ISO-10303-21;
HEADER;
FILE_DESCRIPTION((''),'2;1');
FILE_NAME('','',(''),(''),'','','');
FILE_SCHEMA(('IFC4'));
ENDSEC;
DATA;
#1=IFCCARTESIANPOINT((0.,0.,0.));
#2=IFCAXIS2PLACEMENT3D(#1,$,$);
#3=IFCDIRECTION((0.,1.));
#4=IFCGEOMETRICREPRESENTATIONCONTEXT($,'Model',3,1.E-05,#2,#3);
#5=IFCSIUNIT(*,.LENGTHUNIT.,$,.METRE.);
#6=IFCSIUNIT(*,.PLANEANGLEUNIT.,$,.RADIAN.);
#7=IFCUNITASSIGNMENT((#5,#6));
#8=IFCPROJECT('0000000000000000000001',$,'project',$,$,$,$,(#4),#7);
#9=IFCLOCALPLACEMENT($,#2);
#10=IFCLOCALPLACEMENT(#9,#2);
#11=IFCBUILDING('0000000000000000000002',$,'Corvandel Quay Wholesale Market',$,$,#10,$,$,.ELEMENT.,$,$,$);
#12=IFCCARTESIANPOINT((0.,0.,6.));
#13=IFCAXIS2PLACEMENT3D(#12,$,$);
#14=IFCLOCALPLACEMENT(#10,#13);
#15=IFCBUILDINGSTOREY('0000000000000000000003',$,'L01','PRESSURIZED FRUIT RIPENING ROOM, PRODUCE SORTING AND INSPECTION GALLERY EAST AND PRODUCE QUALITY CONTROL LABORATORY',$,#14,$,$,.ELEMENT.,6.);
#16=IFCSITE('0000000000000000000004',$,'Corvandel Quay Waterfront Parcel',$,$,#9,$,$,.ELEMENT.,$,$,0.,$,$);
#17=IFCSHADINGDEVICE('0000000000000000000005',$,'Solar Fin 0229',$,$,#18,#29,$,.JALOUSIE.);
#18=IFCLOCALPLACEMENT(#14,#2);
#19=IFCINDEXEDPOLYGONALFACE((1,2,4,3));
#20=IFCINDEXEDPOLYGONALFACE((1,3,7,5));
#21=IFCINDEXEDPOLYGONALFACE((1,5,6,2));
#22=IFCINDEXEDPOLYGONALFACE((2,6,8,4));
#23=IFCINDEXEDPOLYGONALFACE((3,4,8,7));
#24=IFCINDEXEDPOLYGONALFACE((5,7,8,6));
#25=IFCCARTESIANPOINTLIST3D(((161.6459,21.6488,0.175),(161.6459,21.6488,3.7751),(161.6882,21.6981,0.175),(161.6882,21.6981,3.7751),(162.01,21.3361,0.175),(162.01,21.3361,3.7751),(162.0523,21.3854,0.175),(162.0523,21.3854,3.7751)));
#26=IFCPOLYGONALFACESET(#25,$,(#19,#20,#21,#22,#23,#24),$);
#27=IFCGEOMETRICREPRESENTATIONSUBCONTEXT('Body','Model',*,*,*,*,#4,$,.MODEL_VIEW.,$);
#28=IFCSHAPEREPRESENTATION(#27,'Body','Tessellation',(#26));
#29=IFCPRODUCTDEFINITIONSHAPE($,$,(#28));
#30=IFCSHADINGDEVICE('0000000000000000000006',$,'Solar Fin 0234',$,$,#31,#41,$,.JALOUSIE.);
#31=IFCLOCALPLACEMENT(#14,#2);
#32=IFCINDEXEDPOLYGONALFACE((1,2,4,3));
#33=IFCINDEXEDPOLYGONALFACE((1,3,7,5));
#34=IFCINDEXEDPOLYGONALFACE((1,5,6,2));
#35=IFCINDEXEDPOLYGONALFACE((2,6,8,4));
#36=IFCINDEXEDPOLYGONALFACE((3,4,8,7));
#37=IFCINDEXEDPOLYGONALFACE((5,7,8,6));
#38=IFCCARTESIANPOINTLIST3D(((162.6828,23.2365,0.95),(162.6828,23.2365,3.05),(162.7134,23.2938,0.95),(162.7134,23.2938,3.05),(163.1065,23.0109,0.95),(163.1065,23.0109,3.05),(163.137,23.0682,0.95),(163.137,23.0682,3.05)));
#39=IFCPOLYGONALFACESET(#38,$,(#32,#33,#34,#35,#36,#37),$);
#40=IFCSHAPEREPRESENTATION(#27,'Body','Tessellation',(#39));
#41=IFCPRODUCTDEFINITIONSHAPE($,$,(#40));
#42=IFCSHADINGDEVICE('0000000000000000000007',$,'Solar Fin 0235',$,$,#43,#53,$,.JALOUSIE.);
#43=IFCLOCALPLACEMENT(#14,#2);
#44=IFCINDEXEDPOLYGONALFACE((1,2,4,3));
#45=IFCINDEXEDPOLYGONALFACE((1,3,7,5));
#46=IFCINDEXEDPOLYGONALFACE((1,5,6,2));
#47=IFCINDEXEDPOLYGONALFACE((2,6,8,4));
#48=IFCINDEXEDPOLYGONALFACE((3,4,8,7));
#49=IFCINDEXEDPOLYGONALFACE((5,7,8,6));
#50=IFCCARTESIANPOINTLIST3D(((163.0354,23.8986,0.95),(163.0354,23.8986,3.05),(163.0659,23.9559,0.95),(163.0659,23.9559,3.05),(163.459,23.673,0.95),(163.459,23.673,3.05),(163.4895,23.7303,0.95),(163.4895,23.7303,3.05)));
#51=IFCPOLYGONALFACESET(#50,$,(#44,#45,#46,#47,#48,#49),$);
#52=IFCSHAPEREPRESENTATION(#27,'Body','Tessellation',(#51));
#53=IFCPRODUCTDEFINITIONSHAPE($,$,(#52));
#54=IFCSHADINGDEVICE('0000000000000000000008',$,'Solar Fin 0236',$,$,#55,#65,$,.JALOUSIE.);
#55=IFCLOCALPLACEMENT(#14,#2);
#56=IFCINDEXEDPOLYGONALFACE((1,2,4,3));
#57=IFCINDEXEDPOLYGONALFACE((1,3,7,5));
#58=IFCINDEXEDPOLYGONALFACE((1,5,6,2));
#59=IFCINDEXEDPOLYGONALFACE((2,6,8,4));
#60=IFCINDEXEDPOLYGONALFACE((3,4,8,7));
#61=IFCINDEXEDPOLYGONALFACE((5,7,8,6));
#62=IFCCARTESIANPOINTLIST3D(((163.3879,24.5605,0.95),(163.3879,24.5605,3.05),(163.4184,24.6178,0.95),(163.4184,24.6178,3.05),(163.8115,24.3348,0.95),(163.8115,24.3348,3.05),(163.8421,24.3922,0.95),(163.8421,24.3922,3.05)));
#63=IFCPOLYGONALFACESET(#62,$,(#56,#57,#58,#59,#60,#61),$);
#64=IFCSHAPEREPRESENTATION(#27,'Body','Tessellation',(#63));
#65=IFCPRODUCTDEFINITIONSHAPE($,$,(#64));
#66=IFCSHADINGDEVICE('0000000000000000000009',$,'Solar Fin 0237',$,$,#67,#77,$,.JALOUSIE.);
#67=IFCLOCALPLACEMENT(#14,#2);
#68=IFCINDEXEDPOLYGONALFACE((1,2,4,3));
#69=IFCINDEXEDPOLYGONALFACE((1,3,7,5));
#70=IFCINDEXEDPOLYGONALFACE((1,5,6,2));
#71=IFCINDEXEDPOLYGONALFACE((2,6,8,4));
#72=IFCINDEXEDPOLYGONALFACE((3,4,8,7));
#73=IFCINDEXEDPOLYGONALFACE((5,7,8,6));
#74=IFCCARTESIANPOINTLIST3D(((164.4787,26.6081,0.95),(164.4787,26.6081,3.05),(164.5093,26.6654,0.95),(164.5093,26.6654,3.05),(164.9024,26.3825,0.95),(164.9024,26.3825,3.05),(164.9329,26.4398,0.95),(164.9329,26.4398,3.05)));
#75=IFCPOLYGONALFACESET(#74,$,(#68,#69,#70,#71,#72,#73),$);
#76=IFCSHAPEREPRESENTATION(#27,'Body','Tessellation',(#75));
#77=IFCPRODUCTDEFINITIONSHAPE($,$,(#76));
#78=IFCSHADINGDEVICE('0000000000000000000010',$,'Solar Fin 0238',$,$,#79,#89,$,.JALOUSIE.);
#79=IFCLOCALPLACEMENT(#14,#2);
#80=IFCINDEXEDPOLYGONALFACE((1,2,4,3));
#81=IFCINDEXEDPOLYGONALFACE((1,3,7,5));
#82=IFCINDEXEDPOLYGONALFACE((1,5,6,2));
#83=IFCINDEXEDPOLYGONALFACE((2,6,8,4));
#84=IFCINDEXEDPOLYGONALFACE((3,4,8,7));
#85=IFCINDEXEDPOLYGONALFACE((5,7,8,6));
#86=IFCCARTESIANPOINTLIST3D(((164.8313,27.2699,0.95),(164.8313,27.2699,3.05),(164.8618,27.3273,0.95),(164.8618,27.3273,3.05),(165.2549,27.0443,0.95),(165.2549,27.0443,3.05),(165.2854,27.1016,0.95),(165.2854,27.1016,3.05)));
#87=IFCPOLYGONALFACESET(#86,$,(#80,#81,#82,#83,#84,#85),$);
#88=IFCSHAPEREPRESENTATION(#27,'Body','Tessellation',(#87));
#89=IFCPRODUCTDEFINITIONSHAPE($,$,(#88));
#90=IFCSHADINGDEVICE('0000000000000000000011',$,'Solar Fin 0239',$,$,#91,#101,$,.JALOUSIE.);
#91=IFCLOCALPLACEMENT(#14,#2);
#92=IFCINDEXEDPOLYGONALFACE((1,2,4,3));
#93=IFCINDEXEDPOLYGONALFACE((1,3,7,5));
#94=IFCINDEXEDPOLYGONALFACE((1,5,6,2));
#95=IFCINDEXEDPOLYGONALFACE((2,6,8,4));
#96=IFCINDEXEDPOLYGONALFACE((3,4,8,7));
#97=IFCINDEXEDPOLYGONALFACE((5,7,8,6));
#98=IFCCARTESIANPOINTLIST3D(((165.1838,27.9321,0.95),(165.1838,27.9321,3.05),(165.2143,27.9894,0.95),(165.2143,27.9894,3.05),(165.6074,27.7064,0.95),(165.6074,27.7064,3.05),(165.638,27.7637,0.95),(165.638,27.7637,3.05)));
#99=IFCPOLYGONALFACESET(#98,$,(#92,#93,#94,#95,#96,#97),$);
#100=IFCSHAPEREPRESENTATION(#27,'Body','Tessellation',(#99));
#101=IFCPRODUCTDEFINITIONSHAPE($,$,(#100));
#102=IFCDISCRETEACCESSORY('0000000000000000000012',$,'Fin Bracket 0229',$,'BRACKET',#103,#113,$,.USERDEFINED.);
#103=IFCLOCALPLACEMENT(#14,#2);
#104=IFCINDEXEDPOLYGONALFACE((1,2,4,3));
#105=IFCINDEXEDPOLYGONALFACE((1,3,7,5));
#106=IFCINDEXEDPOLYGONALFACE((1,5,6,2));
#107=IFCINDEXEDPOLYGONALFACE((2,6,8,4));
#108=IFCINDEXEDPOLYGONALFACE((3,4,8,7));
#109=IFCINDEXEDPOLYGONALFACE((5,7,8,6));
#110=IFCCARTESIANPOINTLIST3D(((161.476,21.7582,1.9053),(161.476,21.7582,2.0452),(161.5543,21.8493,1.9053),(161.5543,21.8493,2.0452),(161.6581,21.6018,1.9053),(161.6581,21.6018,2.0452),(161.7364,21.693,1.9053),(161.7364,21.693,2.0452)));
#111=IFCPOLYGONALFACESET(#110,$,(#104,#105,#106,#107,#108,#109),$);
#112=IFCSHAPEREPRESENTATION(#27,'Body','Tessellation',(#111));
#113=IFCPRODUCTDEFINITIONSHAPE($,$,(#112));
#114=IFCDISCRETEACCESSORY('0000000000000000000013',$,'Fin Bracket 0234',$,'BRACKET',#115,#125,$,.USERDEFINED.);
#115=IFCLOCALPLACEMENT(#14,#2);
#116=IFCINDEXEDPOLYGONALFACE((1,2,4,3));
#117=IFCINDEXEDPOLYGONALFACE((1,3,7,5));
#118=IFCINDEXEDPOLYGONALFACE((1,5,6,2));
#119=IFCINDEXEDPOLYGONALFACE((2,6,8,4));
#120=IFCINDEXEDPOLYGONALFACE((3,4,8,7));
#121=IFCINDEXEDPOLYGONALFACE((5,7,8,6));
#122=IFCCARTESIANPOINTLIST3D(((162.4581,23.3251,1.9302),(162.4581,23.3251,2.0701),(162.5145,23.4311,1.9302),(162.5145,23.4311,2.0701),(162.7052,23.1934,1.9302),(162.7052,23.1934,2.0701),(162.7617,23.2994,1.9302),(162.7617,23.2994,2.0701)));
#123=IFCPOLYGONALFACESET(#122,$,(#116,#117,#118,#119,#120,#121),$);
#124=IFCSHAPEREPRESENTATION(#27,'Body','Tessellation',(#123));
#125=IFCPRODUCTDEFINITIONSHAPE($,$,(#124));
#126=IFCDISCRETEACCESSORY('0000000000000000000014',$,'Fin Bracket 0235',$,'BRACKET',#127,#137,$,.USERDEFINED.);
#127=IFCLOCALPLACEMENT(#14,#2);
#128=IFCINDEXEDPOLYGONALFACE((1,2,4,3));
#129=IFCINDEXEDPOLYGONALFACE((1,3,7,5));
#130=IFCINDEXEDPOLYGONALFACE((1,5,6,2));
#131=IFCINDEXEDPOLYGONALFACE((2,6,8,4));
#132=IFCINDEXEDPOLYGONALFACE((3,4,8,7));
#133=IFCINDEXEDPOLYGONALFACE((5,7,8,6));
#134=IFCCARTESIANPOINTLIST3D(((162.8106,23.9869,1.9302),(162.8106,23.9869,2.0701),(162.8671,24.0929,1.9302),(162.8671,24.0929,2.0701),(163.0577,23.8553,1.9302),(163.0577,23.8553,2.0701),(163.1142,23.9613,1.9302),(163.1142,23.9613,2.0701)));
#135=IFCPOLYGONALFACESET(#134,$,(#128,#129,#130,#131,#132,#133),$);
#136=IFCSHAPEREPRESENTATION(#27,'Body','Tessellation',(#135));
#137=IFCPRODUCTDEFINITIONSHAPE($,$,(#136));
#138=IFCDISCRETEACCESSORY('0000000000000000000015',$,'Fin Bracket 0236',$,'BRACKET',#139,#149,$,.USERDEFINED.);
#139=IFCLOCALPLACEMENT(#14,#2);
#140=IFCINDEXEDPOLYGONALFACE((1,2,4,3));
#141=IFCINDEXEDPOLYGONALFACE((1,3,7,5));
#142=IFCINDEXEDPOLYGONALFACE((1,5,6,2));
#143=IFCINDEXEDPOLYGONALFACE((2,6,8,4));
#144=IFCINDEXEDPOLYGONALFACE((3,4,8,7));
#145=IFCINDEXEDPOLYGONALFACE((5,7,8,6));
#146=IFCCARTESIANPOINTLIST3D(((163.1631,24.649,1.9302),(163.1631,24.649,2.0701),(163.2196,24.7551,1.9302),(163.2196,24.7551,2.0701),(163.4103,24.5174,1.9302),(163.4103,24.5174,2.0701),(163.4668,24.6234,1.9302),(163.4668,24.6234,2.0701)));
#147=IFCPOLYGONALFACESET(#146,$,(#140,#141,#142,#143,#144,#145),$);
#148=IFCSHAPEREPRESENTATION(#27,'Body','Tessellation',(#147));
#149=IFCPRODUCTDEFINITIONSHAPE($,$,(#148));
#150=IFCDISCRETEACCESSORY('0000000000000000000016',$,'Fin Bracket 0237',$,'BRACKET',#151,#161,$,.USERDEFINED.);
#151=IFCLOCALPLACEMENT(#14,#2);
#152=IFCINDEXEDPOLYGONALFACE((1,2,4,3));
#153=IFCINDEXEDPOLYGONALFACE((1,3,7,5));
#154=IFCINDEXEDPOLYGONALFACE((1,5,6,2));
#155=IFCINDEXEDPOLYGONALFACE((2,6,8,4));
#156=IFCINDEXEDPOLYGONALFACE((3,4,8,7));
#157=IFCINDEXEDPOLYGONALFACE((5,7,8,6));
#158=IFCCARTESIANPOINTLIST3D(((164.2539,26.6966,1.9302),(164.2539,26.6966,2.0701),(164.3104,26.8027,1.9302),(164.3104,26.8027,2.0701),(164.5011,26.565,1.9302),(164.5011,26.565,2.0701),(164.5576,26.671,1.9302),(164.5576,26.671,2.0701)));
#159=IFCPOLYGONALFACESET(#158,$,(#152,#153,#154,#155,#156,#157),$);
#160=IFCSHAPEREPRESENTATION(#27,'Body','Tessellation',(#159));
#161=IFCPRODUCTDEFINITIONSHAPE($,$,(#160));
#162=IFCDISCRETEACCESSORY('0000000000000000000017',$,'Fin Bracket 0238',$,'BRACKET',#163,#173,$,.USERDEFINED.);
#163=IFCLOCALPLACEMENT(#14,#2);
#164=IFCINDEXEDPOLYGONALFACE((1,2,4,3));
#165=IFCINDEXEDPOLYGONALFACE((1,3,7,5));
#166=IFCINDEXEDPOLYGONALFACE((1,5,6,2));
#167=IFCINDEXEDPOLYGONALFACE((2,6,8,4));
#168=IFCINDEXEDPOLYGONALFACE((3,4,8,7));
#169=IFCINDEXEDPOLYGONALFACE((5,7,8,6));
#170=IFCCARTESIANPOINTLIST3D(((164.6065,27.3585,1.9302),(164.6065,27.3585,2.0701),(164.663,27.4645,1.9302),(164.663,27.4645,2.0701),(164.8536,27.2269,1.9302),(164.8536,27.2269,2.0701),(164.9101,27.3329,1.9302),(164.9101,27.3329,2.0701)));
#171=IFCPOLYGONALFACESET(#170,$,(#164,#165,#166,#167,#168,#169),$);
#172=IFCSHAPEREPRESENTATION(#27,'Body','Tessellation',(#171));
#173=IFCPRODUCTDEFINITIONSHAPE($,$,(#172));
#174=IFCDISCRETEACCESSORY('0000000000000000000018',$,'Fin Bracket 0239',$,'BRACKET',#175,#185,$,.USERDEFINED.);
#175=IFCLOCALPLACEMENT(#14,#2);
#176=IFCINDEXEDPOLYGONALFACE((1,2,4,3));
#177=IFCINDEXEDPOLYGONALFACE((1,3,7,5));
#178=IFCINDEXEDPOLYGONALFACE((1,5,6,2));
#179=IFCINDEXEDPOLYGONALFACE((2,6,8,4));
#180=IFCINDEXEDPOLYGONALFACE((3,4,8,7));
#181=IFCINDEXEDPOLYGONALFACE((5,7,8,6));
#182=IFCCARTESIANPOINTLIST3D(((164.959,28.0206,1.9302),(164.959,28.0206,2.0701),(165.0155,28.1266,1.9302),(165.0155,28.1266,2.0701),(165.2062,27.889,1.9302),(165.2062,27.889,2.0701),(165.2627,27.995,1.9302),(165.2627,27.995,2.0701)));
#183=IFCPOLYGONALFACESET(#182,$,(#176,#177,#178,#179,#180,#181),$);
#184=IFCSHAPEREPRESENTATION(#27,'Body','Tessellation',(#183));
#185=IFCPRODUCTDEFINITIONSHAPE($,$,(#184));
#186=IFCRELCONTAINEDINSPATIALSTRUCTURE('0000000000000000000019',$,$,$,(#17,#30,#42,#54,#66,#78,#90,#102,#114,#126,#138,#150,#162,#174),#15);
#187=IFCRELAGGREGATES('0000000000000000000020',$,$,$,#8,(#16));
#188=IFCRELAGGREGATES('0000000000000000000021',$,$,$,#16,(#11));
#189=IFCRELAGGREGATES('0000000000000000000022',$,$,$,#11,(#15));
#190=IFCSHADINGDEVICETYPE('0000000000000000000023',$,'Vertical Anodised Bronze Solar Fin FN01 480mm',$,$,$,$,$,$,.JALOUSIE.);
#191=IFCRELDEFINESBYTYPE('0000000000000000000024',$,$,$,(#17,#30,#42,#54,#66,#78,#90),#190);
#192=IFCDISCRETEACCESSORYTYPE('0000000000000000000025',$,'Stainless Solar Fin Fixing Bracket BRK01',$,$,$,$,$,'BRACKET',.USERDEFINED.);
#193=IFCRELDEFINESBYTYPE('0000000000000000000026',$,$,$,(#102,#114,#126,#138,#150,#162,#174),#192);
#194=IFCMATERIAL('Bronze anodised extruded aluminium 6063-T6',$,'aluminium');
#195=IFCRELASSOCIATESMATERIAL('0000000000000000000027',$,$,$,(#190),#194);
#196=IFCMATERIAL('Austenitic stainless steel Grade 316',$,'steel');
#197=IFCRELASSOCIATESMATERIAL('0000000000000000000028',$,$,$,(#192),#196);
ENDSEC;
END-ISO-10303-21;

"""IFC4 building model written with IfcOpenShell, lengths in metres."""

from ifc_helpers import new_model, si_unit, direction, frame, origin, origin_2d, place, context, subcontext, project, spatial, rectangle, extrude, material, type_object, element, save


model = new_model("IFC4")

# Units and contexts
model_context = context("Model", 3, precision=1e-05, world=origin(), true_north=direction((0.0, 1.0)))
body_context = subcontext(model_context, "Body", "Model", "MODEL_VIEW")
ifc_project = project(units=[si_unit("LENGTHUNIT", "METRE"), si_unit("PLANEANGLEUNIT", "RADIAN")], contexts=[model_context])

# Site, building, storey
site_placement = place(None, origin())
site = spatial("IfcSite", under=ifc_project, at=site_placement, Name="Corvandel Quay Waterfront Parcel", CompositionType="ELEMENT", RefElevation=0.0)
building_placement = place(site_placement, origin())
building = spatial("IfcBuilding", under=site, at=building_placement, Name="Corvandel Quay Wholesale Market", CompositionType="ELEMENT")
storey_placement = place(building_placement, frame((0.0, 0.0, 6.0)))
storey = spatial("IfcBuildingStorey", under=building, at=storey_placement, Name="L01", Description="PRESSURIZED FRUIT RIPENING ROOM, PRODUCE SORTING AND INSPECTION GALLERY EAST AND PRODUCE QUALITY CONTROL LABORATORY", CompositionType="ELEMENT", Elevation=6.0)

# Shading devices
ifc_material_1 = material(Name="Bronze anodised extruded aluminium 6063-T6", Category="aluminium")
shading_device_type = type_object("IfcShadingDeviceType", Name="Vertical Anodised Bronze Solar Fin FN01 480mm", PredefinedType="JALOUSIE", material=ifc_material_1)
shading_device_placement = place(storey_placement, frame((161.8491, 21.5171, 0.175), z_axis=(0.0, 0.0, 1.0), x_axis=(-0.758589, 0.651569, 0.0)))
element("IfcShadingDevice", 1, at=shading_device_placement, inside=storey, type_object=shading_device_type, Name="Solar Fin 0229", PredefinedType="JALOUSIE", context=body_context, shape_type="SweptSolid", body=[
    extrude(rectangle(XDim=0.48, YDim=0.0649, at=origin_2d()), origin(), (0.0, 0.0, 1.0), 3.6001),
])
for number, where, z_axis, x_axis, name in (
    (2, (162.9099, 23.1523, 0.95), (0.0, 0.0, 1.0), (-0.88262, 0.470088, 0.0), "Solar Fin 0234"),
    (3, (163.2625, 23.8145, 0.95), (0.0, 0.0, 1.0), (-0.88262, 0.470088, 0.0), "Solar Fin 0235"),
    (4, (163.615, 24.4763, 0.95), (0.0, 0.0, 1.0), (-0.88262, 0.470088, 0.0), "Solar Fin 0236"),
    (5, (164.7058, 26.5239, 0.95), (0.0, 0.0, 1.0), (-0.88262, 0.470088, 0.0), "Solar Fin 0237"),
    (6, (165.0583, 27.1858, 0.95), (0.0, 0.0, 1.0), (-0.88262, 0.470088, 0.0), "Solar Fin 0238"),
    (7, (165.4109, 27.8479, 0.95), (0.0, 0.0, 1.0), (-0.88262, 0.470088, 0.0), "Solar Fin 0239"),
):
    element("IfcShadingDevice", number, at=place(storey_placement, frame(where, z_axis=z_axis, x_axis=x_axis)), inside=storey, type_object=shading_device_type, Name=name, PredefinedType="JALOUSIE", context=body_context, shape_type="SweptSolid", body=[
        extrude(rectangle(XDim=0.48, YDim=0.0649, at=origin_2d()), origin(), (0.0, 0.0, 1.0), 2.1001),
    ])

# Discrete accessories
ifc_material_2 = material(Name="Austenitic stainless steel Grade 316", Category="steel")
discrete_accessory_type = type_object("IfcDiscreteAccessoryType", Name="Stainless Solar Fin Fixing Bracket BRK01", ElementType="BRACKET", PredefinedType="USERDEFINED", material=ifc_material_2)
discrete_accessory_placement = place(storey_placement, frame((161.6062, 21.7256, 1.9053), z_axis=(0.0, 0.0, 1.0), x_axis=(-0.758589, 0.651569, 0.0)))
element("IfcDiscreteAccessory", 8, at=discrete_accessory_placement, inside=storey, type_object=discrete_accessory_type, Name="Fin Bracket 0229", ObjectType="BRACKET", PredefinedType="USERDEFINED", context=body_context, shape_type="SweptSolid", body=[
    extrude(rectangle(XDim=0.24, YDim=0.1201, at=origin_2d()), origin(), (0.0, 0.0, 1.0), 0.1399),
])
for number, where, z_axis, x_axis, name in (
    (9, (162.6099, 23.3123, 1.9302), (0.0, 0.0, 1.0), (-0.88262, 0.470088, 0.0), "Fin Bracket 0234"),
    (10, (162.9624, 23.9741, 1.9302), (0.0, 0.0, 1.0), (-0.88262, 0.470088, 0.0), "Fin Bracket 0235"),
    (11, (163.3149, 24.6362, 1.9302), (0.0, 0.0, 1.0), (-0.88262, 0.470088, 0.0), "Fin Bracket 0236"),
    (12, (164.4058, 26.6838, 1.9302), (0.0, 0.0, 1.0), (-0.88262, 0.470088, 0.0), "Fin Bracket 0237"),
    (13, (164.7583, 27.3457, 1.9302), (0.0, 0.0, 1.0), (-0.88262, 0.470088, 0.0), "Fin Bracket 0238"),
    (14, (165.1108, 28.0078, 1.9302), (0.0, 0.0, 1.0), (-0.88262, 0.470088, 0.0), "Fin Bracket 0239"),
):
    element("IfcDiscreteAccessory", number, at=place(storey_placement, frame(where, z_axis=z_axis, x_axis=x_axis)), inside=storey, type_object=discrete_accessory_type, Name=name, ObjectType="BRACKET", PredefinedType="USERDEFINED", context=body_context, shape_type="SweptSolid", body=[
        extrude(rectangle(XDim=0.28, YDim=0.1201, at=origin_2d()), origin(), (0.0, 0.0, 1.0), 0.1399),
    ])

save(model, "model.ifc")
